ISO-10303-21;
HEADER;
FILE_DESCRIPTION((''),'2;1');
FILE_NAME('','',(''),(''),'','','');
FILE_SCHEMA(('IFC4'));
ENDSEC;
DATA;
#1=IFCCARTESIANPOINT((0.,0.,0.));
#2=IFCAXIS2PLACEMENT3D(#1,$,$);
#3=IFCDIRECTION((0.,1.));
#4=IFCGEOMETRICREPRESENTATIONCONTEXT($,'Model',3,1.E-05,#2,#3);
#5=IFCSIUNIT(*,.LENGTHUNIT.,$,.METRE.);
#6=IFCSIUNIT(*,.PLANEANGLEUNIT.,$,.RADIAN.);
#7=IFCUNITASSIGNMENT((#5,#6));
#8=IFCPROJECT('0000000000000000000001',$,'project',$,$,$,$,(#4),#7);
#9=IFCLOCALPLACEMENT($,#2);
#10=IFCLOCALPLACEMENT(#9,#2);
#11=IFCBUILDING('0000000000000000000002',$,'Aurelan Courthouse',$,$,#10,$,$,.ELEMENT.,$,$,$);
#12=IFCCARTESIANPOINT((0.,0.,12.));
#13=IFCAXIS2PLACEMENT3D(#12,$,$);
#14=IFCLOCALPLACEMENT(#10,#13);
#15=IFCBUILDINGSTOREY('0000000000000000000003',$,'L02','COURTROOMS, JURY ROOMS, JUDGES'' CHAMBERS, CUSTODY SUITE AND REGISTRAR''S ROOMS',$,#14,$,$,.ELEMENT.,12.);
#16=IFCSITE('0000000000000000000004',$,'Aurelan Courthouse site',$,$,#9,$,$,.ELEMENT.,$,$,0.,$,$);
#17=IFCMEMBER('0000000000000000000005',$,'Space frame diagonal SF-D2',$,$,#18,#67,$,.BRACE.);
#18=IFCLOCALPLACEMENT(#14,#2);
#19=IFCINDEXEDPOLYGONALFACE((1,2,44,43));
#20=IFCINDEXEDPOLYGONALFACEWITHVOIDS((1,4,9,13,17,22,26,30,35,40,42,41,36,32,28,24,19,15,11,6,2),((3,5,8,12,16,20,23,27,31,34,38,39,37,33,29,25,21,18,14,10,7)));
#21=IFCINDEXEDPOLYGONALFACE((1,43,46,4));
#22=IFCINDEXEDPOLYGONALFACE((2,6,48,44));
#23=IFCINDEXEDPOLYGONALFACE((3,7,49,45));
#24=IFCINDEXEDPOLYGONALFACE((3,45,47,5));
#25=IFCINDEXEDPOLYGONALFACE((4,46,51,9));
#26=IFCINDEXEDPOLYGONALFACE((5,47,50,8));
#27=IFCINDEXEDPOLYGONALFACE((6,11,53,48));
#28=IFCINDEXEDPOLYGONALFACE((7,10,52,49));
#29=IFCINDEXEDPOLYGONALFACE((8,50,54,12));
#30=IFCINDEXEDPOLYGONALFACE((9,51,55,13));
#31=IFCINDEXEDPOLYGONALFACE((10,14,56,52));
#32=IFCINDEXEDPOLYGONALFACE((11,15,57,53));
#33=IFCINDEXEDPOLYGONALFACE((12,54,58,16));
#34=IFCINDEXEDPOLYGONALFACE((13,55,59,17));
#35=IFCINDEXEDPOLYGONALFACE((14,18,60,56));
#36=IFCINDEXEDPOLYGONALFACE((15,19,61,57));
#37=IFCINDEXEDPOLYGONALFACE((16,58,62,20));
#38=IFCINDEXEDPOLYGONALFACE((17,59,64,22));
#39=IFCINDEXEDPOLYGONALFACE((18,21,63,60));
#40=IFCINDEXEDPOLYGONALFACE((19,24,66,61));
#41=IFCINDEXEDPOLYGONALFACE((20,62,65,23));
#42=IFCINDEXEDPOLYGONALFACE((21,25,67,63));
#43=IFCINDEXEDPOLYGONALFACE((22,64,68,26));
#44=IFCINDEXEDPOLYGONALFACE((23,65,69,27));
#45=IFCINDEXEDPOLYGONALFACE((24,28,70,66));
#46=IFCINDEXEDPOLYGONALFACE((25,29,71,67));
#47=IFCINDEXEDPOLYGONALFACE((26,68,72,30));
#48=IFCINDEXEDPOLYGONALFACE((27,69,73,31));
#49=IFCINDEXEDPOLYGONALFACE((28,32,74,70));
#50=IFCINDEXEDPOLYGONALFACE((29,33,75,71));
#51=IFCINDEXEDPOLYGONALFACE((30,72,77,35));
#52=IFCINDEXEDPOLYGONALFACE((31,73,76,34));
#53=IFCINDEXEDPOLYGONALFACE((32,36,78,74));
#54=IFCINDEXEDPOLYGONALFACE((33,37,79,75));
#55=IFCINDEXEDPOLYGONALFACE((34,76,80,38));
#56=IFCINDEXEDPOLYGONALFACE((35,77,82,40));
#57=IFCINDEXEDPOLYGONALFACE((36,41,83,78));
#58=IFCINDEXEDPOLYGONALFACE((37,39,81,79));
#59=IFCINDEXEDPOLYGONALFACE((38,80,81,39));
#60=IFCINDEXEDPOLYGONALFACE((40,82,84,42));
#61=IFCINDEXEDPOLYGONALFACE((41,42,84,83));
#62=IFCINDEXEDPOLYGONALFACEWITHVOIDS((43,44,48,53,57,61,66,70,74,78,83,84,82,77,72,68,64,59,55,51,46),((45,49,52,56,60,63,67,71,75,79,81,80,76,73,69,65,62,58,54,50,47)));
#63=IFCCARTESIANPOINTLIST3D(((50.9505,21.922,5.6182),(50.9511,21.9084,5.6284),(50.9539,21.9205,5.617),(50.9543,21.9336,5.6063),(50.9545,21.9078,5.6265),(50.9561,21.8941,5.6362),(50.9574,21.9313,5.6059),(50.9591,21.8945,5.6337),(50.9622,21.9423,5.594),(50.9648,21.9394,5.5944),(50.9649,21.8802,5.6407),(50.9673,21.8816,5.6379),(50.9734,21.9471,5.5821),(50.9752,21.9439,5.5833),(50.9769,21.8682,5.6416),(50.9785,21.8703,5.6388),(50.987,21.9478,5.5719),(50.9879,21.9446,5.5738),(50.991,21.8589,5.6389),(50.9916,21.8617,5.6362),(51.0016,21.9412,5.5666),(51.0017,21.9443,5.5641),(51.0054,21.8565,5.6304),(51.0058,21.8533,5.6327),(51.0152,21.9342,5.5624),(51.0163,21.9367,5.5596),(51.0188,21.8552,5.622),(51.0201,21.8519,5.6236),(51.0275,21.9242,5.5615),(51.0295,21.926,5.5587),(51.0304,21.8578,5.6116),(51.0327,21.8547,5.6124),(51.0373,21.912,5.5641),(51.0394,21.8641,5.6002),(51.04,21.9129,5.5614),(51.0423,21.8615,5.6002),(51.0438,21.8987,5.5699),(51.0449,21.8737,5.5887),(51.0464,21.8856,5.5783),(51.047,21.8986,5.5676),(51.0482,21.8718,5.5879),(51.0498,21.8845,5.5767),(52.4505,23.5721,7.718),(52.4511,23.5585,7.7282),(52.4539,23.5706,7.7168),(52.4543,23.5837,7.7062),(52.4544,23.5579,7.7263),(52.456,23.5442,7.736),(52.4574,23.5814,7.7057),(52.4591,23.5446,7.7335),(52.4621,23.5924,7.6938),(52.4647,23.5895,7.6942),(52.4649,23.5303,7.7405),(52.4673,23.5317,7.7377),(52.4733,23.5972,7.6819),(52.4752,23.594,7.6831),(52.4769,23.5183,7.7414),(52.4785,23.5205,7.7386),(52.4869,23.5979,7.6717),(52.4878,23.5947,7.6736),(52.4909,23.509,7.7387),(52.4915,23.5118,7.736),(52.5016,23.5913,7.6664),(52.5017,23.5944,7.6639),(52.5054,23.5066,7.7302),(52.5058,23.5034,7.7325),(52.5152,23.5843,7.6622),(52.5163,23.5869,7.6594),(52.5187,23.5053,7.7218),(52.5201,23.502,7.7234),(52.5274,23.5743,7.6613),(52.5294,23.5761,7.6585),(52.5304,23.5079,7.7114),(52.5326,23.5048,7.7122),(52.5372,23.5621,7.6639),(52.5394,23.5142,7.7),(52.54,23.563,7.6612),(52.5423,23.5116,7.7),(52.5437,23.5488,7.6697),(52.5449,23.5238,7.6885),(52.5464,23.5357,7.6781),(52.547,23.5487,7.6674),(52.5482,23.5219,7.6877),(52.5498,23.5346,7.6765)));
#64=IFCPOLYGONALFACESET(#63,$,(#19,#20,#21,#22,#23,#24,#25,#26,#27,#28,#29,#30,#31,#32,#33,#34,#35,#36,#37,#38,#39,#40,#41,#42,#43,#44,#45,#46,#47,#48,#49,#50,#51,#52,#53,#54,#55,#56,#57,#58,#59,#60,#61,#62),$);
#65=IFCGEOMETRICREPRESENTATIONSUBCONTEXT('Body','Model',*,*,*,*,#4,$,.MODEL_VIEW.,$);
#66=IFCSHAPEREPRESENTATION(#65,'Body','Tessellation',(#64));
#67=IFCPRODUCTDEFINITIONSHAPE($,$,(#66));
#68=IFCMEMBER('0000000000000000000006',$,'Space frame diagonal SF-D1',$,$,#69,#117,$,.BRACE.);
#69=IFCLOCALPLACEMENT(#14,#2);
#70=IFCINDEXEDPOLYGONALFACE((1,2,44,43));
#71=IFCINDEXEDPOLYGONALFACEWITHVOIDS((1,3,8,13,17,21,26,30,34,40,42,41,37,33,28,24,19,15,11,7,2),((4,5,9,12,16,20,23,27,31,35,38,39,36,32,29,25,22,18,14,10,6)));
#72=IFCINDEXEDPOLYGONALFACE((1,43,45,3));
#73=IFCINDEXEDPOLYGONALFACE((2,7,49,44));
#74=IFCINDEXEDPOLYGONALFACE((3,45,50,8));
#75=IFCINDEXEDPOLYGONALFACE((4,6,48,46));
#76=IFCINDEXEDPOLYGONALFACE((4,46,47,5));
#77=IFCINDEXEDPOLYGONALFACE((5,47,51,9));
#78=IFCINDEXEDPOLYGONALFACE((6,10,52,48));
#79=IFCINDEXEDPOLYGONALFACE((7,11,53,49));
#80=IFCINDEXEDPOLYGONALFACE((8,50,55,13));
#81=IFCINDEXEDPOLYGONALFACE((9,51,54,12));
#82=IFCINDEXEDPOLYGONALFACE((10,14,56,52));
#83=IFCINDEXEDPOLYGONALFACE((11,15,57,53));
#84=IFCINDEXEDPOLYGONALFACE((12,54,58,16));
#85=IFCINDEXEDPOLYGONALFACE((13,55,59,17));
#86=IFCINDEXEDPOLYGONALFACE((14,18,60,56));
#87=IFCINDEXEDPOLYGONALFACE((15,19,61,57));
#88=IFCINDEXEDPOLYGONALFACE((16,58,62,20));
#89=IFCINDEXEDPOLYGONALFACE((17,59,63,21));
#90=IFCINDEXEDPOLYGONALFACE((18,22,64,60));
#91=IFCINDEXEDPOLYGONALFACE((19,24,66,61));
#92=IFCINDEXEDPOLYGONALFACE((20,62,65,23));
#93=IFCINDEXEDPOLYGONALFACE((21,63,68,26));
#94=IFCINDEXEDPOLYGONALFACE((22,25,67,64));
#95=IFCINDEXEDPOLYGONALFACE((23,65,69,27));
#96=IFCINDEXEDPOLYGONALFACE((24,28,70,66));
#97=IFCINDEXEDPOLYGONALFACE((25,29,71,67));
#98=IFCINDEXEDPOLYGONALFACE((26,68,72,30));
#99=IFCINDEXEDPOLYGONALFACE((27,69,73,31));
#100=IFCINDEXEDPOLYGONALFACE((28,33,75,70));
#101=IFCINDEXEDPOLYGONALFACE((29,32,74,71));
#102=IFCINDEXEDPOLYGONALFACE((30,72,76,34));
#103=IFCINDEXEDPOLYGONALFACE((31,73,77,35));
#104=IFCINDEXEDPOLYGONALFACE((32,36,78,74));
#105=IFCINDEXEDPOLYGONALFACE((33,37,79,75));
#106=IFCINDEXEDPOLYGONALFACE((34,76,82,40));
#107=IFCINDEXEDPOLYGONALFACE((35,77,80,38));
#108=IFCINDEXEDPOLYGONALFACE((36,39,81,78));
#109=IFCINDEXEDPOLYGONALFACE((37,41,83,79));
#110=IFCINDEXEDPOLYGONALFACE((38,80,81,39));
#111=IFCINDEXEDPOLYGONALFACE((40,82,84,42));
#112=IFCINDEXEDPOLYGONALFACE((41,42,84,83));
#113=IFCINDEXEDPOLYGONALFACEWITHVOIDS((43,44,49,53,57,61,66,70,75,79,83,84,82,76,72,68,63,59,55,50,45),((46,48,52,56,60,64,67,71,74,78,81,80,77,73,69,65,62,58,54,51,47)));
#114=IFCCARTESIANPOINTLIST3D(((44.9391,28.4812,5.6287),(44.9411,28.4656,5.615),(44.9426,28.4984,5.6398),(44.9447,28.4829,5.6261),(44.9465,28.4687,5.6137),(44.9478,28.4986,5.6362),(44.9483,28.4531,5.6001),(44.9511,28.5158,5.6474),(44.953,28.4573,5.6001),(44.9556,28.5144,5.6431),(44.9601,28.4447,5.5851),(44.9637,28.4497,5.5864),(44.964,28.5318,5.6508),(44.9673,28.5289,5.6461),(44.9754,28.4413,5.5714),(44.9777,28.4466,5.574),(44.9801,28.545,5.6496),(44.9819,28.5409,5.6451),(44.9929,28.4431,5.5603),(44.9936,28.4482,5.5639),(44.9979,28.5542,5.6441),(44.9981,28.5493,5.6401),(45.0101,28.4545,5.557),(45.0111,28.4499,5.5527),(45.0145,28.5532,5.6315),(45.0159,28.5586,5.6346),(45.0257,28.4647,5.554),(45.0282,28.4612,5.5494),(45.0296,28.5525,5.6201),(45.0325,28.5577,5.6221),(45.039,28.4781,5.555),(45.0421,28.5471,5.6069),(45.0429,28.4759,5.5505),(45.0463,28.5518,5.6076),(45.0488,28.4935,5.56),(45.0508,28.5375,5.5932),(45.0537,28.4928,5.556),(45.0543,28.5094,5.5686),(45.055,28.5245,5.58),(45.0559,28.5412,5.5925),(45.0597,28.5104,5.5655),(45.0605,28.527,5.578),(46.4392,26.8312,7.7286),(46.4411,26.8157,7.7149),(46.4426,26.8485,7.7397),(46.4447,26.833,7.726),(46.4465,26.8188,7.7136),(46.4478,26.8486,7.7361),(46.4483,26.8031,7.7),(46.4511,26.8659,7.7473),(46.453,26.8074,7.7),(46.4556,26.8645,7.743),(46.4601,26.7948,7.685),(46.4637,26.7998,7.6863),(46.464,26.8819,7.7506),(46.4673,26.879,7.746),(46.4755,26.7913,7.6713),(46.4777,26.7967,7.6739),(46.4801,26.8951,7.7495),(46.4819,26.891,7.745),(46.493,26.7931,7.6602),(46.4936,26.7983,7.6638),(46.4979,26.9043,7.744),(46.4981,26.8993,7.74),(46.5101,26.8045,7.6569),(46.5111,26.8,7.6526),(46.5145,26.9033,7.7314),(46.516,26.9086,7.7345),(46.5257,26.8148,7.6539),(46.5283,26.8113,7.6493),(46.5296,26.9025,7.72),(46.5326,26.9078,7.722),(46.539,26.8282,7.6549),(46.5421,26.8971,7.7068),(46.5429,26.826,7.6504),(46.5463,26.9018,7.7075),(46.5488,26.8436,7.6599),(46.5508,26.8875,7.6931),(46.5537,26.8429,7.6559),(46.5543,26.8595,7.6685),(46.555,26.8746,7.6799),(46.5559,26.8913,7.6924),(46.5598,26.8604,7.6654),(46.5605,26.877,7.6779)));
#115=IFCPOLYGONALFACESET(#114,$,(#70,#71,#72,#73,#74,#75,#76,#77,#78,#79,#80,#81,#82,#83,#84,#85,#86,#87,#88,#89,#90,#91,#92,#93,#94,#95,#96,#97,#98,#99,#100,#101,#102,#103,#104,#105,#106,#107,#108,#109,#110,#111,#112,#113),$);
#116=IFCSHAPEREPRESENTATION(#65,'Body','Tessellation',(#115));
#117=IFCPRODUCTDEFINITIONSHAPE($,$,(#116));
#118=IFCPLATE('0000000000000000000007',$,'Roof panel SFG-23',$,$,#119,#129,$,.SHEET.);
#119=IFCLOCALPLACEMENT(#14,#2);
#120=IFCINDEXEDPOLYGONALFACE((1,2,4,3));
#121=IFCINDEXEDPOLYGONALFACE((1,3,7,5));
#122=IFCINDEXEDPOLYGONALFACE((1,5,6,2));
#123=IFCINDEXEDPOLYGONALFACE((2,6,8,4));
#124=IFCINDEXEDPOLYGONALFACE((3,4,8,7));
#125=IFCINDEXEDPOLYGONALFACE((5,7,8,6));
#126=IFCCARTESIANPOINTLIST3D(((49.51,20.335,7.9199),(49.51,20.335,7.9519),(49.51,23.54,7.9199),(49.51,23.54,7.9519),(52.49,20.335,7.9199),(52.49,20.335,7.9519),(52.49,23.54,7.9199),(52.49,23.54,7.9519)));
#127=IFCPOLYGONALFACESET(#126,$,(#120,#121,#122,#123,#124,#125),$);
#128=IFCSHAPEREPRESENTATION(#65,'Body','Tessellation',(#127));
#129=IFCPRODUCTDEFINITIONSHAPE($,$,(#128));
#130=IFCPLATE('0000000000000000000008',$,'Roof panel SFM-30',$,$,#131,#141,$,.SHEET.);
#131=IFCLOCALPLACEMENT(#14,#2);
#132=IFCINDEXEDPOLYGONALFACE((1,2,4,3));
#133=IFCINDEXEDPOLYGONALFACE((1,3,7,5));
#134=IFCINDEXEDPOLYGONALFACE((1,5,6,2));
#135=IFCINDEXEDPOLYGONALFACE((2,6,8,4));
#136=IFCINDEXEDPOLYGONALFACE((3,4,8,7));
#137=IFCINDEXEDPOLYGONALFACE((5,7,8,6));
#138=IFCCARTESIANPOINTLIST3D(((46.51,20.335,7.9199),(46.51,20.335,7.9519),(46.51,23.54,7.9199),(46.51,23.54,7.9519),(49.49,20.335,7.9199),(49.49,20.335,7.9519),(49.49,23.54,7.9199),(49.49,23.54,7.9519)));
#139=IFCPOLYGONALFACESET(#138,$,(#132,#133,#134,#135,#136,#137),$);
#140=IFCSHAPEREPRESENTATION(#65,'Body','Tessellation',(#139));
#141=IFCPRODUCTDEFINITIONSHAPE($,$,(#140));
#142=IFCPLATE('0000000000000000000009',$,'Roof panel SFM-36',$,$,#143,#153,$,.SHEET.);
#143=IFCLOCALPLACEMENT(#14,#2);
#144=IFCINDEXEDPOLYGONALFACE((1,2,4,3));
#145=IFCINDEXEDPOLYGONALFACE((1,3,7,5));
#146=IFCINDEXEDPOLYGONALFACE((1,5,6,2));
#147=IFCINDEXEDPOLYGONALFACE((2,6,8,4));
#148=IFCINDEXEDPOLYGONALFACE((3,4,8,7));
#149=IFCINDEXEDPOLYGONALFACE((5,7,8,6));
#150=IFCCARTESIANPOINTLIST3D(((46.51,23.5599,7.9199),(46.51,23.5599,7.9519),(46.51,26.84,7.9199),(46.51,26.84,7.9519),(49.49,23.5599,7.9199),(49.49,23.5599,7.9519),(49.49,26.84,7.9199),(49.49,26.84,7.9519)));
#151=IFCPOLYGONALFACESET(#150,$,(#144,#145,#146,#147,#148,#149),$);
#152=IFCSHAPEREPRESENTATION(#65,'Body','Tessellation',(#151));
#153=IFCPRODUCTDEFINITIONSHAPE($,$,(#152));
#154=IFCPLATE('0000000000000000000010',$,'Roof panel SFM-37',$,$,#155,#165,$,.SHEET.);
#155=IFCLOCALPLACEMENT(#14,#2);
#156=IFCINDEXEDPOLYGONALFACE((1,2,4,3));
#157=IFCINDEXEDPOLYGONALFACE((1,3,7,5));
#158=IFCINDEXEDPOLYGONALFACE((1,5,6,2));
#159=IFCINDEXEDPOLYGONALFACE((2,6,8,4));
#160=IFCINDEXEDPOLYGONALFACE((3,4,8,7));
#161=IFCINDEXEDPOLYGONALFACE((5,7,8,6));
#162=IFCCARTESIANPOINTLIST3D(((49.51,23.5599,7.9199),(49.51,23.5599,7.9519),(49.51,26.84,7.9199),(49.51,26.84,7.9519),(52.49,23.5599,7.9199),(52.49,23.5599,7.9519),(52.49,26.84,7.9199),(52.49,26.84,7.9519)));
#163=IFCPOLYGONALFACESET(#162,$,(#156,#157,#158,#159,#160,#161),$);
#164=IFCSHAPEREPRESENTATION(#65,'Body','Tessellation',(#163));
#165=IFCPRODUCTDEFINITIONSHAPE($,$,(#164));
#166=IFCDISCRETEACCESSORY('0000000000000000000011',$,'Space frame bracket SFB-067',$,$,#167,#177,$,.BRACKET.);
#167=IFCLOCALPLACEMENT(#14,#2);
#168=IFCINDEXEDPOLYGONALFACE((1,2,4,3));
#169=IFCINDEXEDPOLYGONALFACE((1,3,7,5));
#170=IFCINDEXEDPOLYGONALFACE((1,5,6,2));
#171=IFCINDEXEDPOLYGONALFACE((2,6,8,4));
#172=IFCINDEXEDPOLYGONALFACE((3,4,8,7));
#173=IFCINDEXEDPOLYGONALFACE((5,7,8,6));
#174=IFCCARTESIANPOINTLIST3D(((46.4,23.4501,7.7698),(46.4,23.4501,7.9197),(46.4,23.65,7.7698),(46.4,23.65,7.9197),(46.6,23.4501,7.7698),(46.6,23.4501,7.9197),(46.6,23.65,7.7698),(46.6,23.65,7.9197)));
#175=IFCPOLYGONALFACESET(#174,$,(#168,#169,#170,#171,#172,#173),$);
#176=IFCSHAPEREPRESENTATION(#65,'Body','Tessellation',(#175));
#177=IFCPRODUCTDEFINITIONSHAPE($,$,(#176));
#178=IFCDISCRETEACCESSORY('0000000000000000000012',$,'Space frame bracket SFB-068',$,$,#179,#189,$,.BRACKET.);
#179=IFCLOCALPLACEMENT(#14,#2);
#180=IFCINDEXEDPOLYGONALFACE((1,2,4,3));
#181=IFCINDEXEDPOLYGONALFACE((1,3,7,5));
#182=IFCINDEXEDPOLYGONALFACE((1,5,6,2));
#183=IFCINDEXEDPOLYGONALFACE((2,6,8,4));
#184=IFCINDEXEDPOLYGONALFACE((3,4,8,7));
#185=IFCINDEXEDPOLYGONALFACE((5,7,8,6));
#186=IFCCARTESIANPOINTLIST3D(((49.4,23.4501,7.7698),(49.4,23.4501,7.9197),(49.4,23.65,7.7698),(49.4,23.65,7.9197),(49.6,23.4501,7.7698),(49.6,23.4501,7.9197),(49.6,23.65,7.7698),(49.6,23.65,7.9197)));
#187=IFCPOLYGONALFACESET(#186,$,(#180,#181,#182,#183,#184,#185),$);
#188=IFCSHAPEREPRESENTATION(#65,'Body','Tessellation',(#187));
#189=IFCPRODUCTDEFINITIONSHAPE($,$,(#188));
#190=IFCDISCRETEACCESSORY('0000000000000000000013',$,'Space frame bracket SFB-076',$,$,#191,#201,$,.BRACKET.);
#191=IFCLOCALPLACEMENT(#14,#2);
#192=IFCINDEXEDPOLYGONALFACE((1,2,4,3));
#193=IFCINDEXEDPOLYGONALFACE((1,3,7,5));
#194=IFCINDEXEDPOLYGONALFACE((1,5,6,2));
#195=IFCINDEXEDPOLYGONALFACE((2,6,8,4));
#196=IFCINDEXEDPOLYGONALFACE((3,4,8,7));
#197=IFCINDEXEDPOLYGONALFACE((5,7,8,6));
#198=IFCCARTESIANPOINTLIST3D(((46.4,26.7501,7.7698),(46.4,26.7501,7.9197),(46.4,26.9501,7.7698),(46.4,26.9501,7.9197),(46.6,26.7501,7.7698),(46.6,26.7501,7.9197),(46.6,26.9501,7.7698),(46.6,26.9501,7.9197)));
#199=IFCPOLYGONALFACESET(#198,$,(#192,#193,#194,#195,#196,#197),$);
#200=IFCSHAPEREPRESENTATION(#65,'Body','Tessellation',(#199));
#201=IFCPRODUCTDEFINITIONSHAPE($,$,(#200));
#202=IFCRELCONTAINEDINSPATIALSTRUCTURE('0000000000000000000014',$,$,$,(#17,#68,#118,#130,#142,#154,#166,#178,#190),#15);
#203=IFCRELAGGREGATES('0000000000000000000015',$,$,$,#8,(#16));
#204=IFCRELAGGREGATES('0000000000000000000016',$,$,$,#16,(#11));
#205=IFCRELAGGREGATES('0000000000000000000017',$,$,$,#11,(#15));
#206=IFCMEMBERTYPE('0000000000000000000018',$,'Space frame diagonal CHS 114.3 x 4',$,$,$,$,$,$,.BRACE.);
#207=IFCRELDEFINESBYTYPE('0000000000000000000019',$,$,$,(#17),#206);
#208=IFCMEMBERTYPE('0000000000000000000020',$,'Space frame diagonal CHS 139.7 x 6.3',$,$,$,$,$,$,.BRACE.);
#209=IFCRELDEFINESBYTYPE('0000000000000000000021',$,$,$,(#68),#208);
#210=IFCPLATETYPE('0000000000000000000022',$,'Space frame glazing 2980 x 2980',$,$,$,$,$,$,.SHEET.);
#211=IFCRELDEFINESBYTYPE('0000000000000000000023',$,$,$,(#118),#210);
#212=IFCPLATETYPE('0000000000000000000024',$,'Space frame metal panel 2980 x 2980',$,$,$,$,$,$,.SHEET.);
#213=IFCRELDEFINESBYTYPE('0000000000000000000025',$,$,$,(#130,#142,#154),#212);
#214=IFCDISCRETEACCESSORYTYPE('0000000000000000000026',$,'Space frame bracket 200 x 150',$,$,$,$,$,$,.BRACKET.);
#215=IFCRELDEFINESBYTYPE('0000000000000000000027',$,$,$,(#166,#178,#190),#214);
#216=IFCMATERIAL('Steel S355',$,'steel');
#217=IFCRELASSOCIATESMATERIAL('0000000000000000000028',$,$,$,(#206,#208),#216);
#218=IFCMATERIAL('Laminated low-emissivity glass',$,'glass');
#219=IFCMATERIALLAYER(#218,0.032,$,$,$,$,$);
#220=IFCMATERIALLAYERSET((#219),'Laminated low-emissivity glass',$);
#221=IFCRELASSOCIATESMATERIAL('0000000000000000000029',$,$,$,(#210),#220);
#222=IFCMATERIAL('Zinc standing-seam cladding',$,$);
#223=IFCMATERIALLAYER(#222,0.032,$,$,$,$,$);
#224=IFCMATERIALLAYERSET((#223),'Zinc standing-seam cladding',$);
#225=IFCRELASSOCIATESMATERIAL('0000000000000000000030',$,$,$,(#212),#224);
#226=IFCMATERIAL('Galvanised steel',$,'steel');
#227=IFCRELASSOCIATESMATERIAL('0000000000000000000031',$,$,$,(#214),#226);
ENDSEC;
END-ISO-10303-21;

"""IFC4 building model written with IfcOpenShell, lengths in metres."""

from ifc_helpers import new_model, si_unit, direction, frame, origin, origin_2d, place, context, subcontext, project, spatial, rectangle, hollow_circle, extrude, material, layer, layer_set, material_profile, profile_set, type_object, element, save


model = new_model("IFC4")

# Units and contexts
model_context = context("Model", 3, precision=1e-05, world=origin(), true_north=direction((0.0, 1.0)))
body_context = subcontext(model_context, "Body", "Model", "MODEL_VIEW")
ifc_project = project(units=[si_unit("LENGTHUNIT", "METRE"), si_unit("PLANEANGLEUNIT", "RADIAN")], contexts=[model_context])

# Site, building, storey
site_placement = place(None, origin())
site = spatial("IfcSite", under=ifc_project, at=site_placement, Name="Aurelan Courthouse site", CompositionType="ELEMENT", RefElevation=0.0)
building_placement = place(site_placement, origin())
building = spatial("IfcBuilding", under=site, at=building_placement, Name="Aurelan Courthouse", CompositionType="ELEMENT")
storey_placement = place(building_placement, frame((0.0, 0.0, 12.0)))
storey = spatial("IfcBuildingStorey", under=building, at=storey_placement, Name="L02", Description="COURTROOMS, JURY ROOMS, JUDGES' CHAMBERS, CUSTODY SUITE AND REGISTRAR'S ROOMS", CompositionType="ELEMENT", Elevation=12.0)

# Members
ifc_material_1 = material(Name="Steel S355", Category="steel")
ifc_material_profile_1 = material_profile(ifc_material_1, hollow_circle(Radius=0.0571, WallThickness=0.0039, at=origin_2d()), Name="CHS 114.3 x 4")
ifc_profile_set_1 = profile_set([ifc_material_profile_1], Name="Steel S355")
member_type_1 = type_object("IfcMemberType", Name="Space frame diagonal CHS 114.3 x 4", PredefinedType="BRACE", material=ifc_profile_set_1)
for number, where, z_axis, x_axis, name in (
    (1, (52.5, 23.55, 7.7), (-0.489706, -0.538724, -0.68554), (0.73997, -0.67264, 0.0), "Space frame diagonal SF-D2"),
):
    element("IfcMember", number, at=place(storey_placement, frame(where, z_axis=z_axis, x_axis=x_axis)), inside=storey, type_object=member_type_1, Name=name, PredefinedType="BRACE", context=body_context, shape_type="SweptSolid", body=[
        extrude(hollow_circle(Radius=0.0571, WallThickness=0.0039, at=origin_2d()), origin(), (0.0, 0.0, 1.0), 3.063),
    ])
ifc_material_profile_2 = material_profile(ifc_material_1, hollow_circle(Radius=0.0698, WallThickness=0.0063, at=origin_2d()), Name="CHS 139.7 x 6.3")
ifc_profile_set_2 = profile_set([ifc_material_profile_2], Name="Steel S355")
member_type_2 = type_object("IfcMemberType", Name="Space frame diagonal CHS 139.7 x 6.3", PredefinedType="BRACE", material=ifc_profile_set_2)
member_placement = place(storey_placement, frame((46.5, 26.8501, 7.7), z_axis=(-0.489727, 0.538667, -0.685569), x_axis=(-0.73992, -0.672695, 0.0)))
element("IfcMember", 2, at=member_placement, inside=storey, type_object=member_type_2, Name="Space frame diagonal SF-D1", PredefinedType="BRACE", context=body_context, shape_type="SweptSolid", body=[
    extrude(hollow_circle(Radius=0.0698, WallThickness=0.0063, at=origin_2d()), origin(), (0.0, 0.0, 1.0), 3.063),
])

# Plates
ifc_material_2 = material(Name="Laminated low-emissivity glass", Category="glass")
ifc_layer_1 = layer(ifc_material_2, 0.032)
ifc_layer_set_1 = layer_set([ifc_layer_1], Name="Laminated low-emissivity glass")
plate_type_1 = type_object("IfcPlateType", Name="Space frame glazing 2980 x 2980", PredefinedType="SHEET", material=ifc_layer_set_1)
plate_1_placement = place(storey_placement, frame((51.0, 21.9375, 7.9199), z_axis=(0.0, 0.0, 1.0), x_axis=(1.0, 0.0, 0.0)))
element("IfcPlate", 3, at=plate_1_placement, inside=storey, type_object=plate_type_1, Name="Roof panel SFG-23", PredefinedType="SHEET", context=body_context, shape_type="SweptSolid", body=[
    extrude(rectangle(XDim=2.98, YDim=3.2051, at=origin_2d()), origin(), (0.0, 0.0, 1.0), 0.032),
])
ifc_material_3 = material(Name="Zinc standing-seam cladding")
ifc_layer_2 = layer(ifc_material_3, 0.032)
ifc_layer_set_2 = layer_set([ifc_layer_2], Name="Zinc standing-seam cladding")
plate_type_2 = type_object("IfcPlateType", Name="Space frame metal panel 2980 x 2980", PredefinedType="SHEET", material=ifc_layer_set_2)
plate_2_placement = place(storey_placement, frame((48.0, 21.9375, 7.9199), z_axis=(0.0, 0.0, 1.0), x_axis=(1.0, 0.0, 0.0)))
element("IfcPlate", 4, at=plate_2_placement, inside=storey, type_object=plate_type_2, Name="Roof panel SFM-30", PredefinedType="SHEET", context=body_context, shape_type="SweptSolid", body=[
    extrude(rectangle(XDim=2.98, YDim=3.2051, at=origin_2d()), origin(), (0.0, 0.0, 1.0), 0.032),
])
for number, where, z_axis, x_axis, name in (
    (5, (48.0, 25.2, 7.9199), (0.0, 0.0, 1.0), (1.0, 0.0, 0.0), "Roof panel SFM-36"),
    (6, (51.0, 25.2, 7.9199), (0.0, 0.0, 1.0), (1.0, 0.0, 0.0), "Roof panel SFM-37"),
):
    element("IfcPlate", number, at=place(storey_placement, frame(where, z_axis=z_axis, x_axis=x_axis)), inside=storey, type_object=plate_type_2, Name=name, PredefinedType="SHEET", context=body_context, shape_type="SweptSolid", body=[
        extrude(rectangle(XDim=2.98, YDim=3.28, at=origin_2d()), origin(), (0.0, 0.0, 1.0), 0.032),
    ])

# Discrete accessories
ifc_material_4 = material(Name="Galvanised steel", Category="steel")
discrete_accessory_type = type_object("IfcDiscreteAccessoryType", Name="Space frame bracket 200 x 150", PredefinedType="BRACKET", material=ifc_material_4)
for number, where, z_axis, x_axis, name in (
    (7, (46.5, 23.55, 7.7698), (0.0, 0.0, 1.0), (1.0, 0.0, 0.0), "Space frame bracket SFB-067"),
    (8, (49.5, 23.55, 7.7698), (0.0, 0.0, 1.0), (1.0, 0.0, 0.0), "Space frame bracket SFB-068"),
    (9, (46.5, 26.8501, 7.7698), (0.0, 0.0, 1.0), (1.0, 0.0, 0.0), "Space frame bracket SFB-076"),
):
    element("IfcDiscreteAccessory", number, at=place(storey_placement, frame(where, z_axis=z_axis, x_axis=x_axis)), inside=storey, type_object=discrete_accessory_type, Name=name, PredefinedType="BRACKET", context=body_context, shape_type="SweptSolid", body=[
        extrude(rectangle(XDim=0.2, YDim=0.2, at=origin_2d()), origin(), (0.0, 0.0, 1.0), 0.1499),
    ])

save(model, "model.ifc")
